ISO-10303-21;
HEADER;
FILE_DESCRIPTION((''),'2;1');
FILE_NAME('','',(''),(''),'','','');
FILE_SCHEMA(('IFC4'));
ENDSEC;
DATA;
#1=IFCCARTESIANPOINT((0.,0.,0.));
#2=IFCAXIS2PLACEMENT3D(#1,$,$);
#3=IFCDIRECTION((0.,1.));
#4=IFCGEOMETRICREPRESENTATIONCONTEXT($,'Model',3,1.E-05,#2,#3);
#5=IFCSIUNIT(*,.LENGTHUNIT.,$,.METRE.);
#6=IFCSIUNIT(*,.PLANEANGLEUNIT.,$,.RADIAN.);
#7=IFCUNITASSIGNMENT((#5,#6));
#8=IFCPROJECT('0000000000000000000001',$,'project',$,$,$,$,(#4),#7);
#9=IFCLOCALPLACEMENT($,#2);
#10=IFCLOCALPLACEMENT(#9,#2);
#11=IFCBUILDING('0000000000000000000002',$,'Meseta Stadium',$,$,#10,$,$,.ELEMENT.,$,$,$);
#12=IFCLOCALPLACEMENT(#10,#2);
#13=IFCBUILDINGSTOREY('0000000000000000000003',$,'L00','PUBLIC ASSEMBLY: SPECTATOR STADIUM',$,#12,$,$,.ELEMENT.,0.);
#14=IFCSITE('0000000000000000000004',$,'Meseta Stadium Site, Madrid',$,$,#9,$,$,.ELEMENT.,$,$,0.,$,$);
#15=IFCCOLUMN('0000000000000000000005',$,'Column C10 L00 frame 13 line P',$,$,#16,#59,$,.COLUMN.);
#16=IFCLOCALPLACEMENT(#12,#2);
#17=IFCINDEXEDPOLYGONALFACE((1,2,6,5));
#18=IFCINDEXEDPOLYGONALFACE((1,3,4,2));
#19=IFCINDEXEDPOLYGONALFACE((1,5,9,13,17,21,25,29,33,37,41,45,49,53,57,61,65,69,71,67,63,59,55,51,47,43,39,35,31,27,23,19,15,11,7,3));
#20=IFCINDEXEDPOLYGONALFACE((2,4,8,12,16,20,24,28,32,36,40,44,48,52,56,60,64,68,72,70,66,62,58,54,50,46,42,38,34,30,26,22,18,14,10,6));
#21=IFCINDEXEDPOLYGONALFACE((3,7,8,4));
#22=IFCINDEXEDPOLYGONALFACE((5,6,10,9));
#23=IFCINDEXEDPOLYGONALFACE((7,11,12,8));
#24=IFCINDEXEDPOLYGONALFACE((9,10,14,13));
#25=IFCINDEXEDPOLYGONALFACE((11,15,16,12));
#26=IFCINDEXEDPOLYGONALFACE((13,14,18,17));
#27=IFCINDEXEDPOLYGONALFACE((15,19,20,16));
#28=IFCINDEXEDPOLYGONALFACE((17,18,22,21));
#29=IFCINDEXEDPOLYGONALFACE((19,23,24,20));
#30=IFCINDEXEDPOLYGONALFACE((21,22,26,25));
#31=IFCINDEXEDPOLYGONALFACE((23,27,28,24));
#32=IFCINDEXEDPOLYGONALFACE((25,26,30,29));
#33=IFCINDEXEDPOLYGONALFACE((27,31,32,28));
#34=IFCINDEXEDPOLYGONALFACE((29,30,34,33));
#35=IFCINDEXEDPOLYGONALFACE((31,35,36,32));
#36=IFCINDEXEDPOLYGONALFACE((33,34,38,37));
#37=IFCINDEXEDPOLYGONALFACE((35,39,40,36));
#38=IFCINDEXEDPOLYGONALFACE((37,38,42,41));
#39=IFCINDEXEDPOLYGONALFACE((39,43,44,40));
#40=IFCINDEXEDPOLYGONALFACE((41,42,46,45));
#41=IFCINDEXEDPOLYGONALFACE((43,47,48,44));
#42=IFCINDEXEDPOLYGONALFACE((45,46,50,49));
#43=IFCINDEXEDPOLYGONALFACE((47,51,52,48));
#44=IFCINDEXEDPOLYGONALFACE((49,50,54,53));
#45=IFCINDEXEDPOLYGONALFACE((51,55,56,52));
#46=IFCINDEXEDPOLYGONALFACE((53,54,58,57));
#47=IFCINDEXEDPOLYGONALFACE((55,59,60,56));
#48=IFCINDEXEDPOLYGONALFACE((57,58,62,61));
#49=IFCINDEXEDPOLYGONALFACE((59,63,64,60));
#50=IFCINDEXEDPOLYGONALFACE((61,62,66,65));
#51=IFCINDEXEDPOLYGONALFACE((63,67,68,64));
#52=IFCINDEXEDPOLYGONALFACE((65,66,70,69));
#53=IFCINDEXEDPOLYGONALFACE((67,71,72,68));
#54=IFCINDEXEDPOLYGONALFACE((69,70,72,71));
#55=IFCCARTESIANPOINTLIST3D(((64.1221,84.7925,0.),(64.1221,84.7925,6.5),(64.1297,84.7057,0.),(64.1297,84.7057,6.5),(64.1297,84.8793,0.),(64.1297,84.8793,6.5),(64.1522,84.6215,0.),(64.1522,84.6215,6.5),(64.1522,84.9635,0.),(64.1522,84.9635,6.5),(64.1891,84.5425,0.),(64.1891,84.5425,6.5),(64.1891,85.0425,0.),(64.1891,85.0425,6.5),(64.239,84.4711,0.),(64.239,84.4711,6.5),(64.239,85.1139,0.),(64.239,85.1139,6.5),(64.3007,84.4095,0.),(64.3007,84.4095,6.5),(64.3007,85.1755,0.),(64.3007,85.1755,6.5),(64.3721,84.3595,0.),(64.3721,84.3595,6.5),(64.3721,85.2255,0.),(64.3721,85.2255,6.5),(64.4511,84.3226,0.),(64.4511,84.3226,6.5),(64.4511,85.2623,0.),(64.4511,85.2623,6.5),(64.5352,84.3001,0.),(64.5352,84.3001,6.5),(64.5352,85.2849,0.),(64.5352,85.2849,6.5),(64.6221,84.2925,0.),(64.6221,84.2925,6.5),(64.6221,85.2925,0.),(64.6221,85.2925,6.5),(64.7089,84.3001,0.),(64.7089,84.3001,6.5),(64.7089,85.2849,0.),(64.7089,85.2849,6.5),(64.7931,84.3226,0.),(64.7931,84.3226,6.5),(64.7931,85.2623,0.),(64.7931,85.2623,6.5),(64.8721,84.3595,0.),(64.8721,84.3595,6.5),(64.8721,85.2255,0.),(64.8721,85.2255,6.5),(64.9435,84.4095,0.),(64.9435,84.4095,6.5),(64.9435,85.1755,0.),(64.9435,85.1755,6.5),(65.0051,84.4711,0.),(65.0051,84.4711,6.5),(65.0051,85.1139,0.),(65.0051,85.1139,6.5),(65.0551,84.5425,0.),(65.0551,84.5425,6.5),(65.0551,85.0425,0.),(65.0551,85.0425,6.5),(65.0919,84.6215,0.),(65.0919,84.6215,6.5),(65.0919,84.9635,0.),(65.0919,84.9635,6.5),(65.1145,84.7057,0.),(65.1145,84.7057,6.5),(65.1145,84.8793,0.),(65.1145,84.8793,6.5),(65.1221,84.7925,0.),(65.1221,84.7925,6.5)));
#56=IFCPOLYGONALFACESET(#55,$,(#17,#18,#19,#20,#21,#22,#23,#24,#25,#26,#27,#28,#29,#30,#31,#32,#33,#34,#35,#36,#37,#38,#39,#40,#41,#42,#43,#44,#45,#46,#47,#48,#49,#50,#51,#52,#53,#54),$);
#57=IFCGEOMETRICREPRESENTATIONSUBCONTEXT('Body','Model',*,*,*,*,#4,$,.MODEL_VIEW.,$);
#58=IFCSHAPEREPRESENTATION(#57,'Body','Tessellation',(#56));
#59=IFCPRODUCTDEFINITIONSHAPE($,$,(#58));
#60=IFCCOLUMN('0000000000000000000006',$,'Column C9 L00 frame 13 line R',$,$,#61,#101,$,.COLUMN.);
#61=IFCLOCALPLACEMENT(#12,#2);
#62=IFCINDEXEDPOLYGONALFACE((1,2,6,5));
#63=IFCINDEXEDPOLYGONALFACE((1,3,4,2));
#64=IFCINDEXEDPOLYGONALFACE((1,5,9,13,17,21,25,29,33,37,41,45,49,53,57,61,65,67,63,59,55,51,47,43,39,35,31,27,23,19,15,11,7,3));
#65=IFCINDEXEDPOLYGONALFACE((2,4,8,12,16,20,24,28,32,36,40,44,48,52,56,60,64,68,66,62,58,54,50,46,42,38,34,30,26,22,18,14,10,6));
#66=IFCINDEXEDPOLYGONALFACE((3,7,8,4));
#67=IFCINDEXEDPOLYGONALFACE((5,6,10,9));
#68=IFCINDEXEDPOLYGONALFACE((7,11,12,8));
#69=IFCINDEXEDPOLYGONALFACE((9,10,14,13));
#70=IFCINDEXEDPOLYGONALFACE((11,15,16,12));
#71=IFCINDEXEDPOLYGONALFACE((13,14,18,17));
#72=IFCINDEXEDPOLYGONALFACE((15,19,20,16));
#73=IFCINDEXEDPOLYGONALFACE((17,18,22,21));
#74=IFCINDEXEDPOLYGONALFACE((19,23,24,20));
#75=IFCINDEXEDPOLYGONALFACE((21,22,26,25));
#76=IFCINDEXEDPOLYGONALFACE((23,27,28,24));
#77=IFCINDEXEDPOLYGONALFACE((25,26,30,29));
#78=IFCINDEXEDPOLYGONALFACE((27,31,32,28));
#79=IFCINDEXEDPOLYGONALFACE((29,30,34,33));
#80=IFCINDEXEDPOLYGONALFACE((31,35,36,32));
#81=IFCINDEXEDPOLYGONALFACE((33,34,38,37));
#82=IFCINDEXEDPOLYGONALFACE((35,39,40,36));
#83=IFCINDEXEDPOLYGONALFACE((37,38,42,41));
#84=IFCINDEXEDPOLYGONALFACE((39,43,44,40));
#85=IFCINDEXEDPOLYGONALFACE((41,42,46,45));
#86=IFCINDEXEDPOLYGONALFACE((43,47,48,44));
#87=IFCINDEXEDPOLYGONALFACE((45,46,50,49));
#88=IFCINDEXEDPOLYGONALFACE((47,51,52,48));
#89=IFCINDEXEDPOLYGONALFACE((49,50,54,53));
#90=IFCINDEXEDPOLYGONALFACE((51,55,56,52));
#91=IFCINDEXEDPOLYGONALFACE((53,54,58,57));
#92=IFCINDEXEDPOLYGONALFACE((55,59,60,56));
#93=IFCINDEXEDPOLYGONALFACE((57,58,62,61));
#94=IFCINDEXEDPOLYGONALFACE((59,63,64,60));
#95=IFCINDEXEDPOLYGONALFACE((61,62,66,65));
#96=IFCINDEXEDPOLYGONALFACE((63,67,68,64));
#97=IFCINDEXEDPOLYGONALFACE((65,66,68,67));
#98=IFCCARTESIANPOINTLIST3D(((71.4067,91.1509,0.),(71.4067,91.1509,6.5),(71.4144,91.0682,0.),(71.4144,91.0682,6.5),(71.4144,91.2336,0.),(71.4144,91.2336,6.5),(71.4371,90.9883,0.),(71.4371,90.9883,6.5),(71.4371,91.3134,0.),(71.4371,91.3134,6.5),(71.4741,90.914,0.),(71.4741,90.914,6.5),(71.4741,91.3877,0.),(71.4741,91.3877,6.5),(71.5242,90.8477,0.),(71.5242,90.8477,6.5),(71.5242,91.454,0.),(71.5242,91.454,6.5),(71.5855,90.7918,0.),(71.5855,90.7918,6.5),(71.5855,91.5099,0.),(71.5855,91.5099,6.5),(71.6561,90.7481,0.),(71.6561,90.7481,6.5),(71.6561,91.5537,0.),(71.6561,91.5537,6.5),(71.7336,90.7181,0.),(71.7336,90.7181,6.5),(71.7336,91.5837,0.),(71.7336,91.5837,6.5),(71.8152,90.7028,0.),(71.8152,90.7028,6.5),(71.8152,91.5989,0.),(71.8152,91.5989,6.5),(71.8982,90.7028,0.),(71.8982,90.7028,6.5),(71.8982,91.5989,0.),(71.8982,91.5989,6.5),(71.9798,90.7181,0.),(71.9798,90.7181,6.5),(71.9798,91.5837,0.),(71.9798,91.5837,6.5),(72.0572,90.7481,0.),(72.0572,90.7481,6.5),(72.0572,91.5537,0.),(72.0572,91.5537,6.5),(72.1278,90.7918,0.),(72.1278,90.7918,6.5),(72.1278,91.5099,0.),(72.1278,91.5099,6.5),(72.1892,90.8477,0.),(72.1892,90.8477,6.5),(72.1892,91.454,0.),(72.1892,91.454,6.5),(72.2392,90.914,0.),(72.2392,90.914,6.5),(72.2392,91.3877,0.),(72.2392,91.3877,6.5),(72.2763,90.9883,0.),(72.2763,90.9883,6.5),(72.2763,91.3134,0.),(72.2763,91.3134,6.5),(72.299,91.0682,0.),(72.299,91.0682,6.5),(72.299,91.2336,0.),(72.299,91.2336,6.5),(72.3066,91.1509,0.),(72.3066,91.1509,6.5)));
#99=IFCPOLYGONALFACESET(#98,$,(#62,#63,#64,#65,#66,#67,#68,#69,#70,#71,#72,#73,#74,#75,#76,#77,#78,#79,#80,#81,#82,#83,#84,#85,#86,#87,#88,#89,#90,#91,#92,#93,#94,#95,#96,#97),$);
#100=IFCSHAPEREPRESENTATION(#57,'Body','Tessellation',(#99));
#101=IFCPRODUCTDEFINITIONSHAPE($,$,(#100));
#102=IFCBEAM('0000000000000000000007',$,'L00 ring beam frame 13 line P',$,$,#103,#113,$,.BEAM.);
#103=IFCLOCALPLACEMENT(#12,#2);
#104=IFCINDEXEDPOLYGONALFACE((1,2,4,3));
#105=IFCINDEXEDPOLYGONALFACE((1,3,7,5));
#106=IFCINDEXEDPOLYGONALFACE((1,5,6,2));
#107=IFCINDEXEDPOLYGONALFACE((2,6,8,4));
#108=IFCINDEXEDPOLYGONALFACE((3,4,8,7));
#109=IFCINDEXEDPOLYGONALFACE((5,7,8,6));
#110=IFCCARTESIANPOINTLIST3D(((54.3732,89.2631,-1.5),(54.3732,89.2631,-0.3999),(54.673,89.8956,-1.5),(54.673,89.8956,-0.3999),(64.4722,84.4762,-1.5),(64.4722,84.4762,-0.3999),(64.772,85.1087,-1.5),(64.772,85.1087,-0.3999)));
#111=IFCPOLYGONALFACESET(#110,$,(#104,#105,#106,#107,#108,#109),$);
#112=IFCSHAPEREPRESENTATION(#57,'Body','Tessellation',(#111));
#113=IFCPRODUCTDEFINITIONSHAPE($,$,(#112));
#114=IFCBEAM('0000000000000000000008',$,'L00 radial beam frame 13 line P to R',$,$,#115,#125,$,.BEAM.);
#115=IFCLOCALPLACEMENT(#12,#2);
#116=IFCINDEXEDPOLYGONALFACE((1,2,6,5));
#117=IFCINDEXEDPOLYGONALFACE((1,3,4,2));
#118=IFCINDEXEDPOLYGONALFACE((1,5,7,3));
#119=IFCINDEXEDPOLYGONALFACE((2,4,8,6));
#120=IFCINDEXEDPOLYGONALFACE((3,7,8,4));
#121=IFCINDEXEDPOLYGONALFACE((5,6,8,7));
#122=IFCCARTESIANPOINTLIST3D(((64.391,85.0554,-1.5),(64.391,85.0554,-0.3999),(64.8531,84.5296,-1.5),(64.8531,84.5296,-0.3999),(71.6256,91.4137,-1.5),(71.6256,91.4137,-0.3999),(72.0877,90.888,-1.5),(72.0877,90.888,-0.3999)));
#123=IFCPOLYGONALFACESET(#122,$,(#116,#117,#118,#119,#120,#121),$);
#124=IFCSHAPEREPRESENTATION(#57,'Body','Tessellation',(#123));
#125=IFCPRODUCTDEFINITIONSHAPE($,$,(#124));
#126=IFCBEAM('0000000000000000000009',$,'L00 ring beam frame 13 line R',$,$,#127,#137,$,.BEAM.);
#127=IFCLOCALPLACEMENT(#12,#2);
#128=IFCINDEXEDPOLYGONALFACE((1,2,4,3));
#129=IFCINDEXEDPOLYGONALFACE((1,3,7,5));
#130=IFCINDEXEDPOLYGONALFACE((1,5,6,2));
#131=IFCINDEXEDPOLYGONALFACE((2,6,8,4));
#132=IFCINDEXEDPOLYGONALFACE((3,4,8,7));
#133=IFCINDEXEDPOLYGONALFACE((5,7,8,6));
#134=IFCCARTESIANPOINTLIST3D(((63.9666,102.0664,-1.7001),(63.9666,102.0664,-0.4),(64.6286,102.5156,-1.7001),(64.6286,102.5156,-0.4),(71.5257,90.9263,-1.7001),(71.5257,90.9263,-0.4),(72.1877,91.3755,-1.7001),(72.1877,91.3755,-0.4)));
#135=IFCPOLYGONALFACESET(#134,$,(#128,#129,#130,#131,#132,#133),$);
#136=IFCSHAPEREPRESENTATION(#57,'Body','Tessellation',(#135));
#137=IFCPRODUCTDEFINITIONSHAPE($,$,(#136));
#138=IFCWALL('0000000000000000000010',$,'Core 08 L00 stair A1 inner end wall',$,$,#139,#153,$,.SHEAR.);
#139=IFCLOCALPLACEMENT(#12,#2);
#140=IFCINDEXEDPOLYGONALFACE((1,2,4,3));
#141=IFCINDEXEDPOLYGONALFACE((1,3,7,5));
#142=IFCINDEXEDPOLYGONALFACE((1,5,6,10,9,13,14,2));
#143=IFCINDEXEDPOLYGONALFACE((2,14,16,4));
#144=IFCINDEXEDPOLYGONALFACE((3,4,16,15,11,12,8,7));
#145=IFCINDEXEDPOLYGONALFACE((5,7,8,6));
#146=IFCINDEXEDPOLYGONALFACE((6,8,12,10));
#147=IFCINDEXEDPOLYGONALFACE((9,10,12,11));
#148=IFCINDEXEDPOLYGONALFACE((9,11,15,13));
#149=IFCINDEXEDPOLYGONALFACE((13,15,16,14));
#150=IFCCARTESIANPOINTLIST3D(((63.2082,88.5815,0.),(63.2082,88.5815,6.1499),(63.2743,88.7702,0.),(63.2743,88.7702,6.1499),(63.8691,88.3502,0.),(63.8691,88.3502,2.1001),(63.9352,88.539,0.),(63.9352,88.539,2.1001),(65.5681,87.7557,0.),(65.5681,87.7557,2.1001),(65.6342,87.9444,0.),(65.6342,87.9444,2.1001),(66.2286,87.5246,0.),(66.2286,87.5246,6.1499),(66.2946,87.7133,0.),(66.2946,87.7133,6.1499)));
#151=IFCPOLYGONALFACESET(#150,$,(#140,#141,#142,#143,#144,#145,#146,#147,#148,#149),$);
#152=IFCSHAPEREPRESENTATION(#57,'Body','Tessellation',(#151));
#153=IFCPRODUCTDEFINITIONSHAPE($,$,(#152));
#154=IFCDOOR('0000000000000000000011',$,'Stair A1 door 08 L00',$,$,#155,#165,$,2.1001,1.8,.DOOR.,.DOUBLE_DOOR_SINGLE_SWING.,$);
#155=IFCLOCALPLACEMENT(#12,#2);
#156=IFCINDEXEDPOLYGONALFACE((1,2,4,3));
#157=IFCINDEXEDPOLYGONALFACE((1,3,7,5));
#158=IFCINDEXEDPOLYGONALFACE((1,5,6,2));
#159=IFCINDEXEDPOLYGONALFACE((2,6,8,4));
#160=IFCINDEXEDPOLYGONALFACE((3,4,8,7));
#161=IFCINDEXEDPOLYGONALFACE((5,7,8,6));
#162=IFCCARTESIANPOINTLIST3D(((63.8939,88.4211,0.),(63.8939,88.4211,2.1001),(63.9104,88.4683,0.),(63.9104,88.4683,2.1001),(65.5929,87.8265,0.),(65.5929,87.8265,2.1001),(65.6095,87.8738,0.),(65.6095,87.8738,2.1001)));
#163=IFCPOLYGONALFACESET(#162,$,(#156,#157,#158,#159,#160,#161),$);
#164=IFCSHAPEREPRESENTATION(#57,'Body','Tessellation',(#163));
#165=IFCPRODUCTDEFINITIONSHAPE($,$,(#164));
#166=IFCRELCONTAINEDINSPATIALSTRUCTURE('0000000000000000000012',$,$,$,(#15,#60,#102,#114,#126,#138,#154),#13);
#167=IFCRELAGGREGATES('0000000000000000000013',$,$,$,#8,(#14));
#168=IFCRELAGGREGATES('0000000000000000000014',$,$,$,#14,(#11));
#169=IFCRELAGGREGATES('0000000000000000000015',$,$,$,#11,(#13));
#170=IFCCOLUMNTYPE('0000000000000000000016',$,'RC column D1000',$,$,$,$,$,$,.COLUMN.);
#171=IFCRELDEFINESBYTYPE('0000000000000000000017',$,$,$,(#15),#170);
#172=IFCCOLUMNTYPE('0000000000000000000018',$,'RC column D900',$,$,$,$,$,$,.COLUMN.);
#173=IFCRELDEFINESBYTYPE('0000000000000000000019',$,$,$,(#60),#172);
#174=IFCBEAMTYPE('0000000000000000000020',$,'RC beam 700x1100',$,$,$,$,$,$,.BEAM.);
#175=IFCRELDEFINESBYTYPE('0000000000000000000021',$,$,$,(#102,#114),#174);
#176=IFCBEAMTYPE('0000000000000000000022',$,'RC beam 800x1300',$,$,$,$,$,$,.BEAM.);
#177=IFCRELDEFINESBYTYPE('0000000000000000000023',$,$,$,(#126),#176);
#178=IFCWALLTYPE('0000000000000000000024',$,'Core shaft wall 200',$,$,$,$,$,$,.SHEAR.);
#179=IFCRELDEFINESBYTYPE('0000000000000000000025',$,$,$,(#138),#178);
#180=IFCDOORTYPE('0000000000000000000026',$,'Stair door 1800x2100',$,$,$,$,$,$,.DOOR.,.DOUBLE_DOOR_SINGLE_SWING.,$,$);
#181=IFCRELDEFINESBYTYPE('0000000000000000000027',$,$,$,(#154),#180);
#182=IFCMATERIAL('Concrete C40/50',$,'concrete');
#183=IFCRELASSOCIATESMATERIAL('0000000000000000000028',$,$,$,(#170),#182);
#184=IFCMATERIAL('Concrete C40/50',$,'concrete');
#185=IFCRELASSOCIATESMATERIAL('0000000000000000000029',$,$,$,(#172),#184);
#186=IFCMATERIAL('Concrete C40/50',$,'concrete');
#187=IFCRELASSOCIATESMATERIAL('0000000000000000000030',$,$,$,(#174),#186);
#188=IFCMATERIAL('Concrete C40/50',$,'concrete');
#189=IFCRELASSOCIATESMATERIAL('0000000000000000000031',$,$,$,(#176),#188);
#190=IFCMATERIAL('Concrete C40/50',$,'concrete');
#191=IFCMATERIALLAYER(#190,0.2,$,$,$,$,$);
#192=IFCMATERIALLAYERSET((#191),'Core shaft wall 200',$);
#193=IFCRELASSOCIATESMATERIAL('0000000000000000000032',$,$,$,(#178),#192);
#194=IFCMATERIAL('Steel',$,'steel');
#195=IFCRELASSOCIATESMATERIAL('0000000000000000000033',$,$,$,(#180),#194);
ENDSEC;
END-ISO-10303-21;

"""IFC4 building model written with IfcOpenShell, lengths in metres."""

from ifc_helpers import new_model, si_unit, direction, frame, frame_2d, origin, origin_2d, place, context, subcontext, project, spatial, rectangle, circle, extrude, material, layer, layer_set, material_profile, profile_set, type_object, element, fill, save


model = new_model("IFC4")

# Units and contexts
model_context = context("Model", 3, precision=1e-05, world=origin(), true_north=direction((0.0, 1.0)))
body_context = subcontext(model_context, "Body", "Model", "MODEL_VIEW")
ifc_project = project(units=[si_unit("LENGTHUNIT", "METRE"), si_unit("PLANEANGLEUNIT", "RADIAN")], contexts=[model_context])

# Site, building, storey
site_placement = place(None, origin())
site = spatial("IfcSite", under=ifc_project, at=site_placement, Name="Meseta Stadium Site, Madrid", CompositionType="ELEMENT", RefElevation=0.0)
building_placement = place(site_placement, origin())
building = spatial("IfcBuilding", under=site, at=building_placement, Name="Meseta Stadium", CompositionType="ELEMENT")
storey_placement = place(building_placement, origin())
storey = spatial("IfcBuildingStorey", under=building, at=storey_placement, Name="L00", Description="PUBLIC ASSEMBLY: SPECTATOR STADIUM", CompositionType="ELEMENT", Elevation=0.0)

# Columns
ifc_material_1 = material(Name="Concrete C40/50", Category="concrete")
ifc_material_profile_1 = material_profile(ifc_material_1, circle(Radius=0.5, at=origin_2d()), Name="RC D1000")
ifc_profile_set_1 = profile_set([ifc_material_profile_1], Name="Concrete C40/50")
column_type_1 = type_object("IfcColumnType", Name="RC column D1000", PredefinedType="COLUMN", material=ifc_profile_set_1)
column_1_placement = place(storey_placement, frame((64.6221, 84.7925, 0.0), z_axis=(0.0, 0.0, 1.0), x_axis=(1.0, 0.0, 0.0)))
element("IfcColumn", 1, at=column_1_placement, inside=storey, type_object=column_type_1, Name="Column C10 L00 frame 13 line P", PredefinedType="COLUMN", context=body_context, shape_type="SweptSolid", body=[
    extrude(circle(Radius=0.5, at=origin_2d()), origin(), (0.0, 0.0, 1.0), 6.5),
])
ifc_material_2 = material(Name="Concrete C40/50", Category="concrete")
ifc_material_profile_2 = material_profile(ifc_material_2, circle(Radius=0.45, at=origin_2d()), Name="RC D900")
ifc_profile_set_2 = profile_set([ifc_material_profile_2], Name="Concrete C40/50")
column_type_2 = type_object("IfcColumnType", Name="RC column D900", PredefinedType="COLUMN", material=ifc_profile_set_2)
column_2_placement = place(storey_placement, frame((71.8567, 91.1509, 0.0), z_axis=(0.0, 0.0, 1.0), x_axis=(1.0, 0.0, 0.0)))
element("IfcColumn", 2, at=column_2_placement, inside=storey, type_object=column_type_2, Name="Column C9 L00 frame 13 line R", PredefinedType="COLUMN", context=body_context, shape_type="SweptSolid", body=[
    extrude(circle(Radius=0.45, at=origin_2d()), origin(), (0.0, 0.0, 1.0), 6.5),
])

# Beams
ifc_material_3 = material(Name="Concrete C40/50", Category="concrete")
ifc_material_profile_3 = material_profile(ifc_material_3, rectangle(XDim=0.7, YDim=1.1001, at=origin_2d()), Name="RC 700x1100")
ifc_profile_set_3 = profile_set([ifc_material_profile_3], Name="Concrete C40/50")
beam_type_1 = type_object("IfcBeamType", Name="RC beam 700x1100", PredefinedType="BEAM", material=ifc_profile_set_3)
beam_1_placement = place(storey_placement, frame((64.6221, 84.7925, -0.95), z_axis=(-0.903627, 0.428319, 0.0), x_axis=(-0.428319, -0.903627, 0.0)))
element("IfcBeam", 3, at=beam_1_placement, inside=storey, type_object=beam_type_1, Name="L00 ring beam frame 13 line P", PredefinedType="BEAM", context=body_context, shape_type="SweptSolid", body=[
    extrude(rectangle(XDim=0.7, YDim=1.1001, at=origin_2d()), origin(), (0.0, 0.0, 1.0), 11.176),
])
beam_2_placement = place(storey_placement, frame((64.6221, 84.7925, -0.95), z_axis=(0.751129, 0.660156, 0.0), x_axis=(-0.660156, 0.751129, 0.0)))
element("IfcBeam", 4, at=beam_2_placement, inside=storey, type_object=beam_type_1, Name="L00 radial beam frame 13 line P to R", PredefinedType="BEAM", context=body_context, shape_type="SweptSolid", body=[
    extrude(rectangle(XDim=0.7, YDim=1.1001, at=origin_2d()), origin(), (0.0, 0.0, 1.0), 9.6316),
])
ifc_material_4 = material(Name="Concrete C40/50", Category="concrete")
ifc_material_profile_4 = material_profile(ifc_material_4, rectangle(XDim=0.8, YDim=1.3, at=origin_2d()), Name="RC 800x1300")
ifc_profile_set_4 = profile_set([ifc_material_profile_4], Name="Concrete C40/50")
beam_type_2 = type_object("IfcBeamType", Name="RC beam 800x1300", PredefinedType="BEAM", material=ifc_profile_set_4)
beam_3_placement = place(storey_placement, frame((71.8567, 91.1509, -1.05), z_axis=(-0.561486, 0.827486, 0.0), x_axis=(-0.827486, -0.561486, 0.0)))
element("IfcBeam", 5, at=beam_3_placement, inside=storey, type_object=beam_type_2, Name="L00 ring beam frame 13 line R", PredefinedType="BEAM", context=body_context, shape_type="SweptSolid", body=[
    extrude(rectangle(XDim=0.8, YDim=1.3, at=origin_2d()), origin(), (0.0, 0.0, 1.0), 13.4626),
])

# Wall, opening, door
ifc_material_5 = material(Name="Concrete C40/50", Category="concrete")
ifc_layer_1 = layer(ifc_material_5, 0.2)
ifc_layer_set_1 = layer_set([ifc_layer_1], Name="Core shaft wall 200")
wall_type_1 = type_object("IfcWallType", Name="Core shaft wall 200", PredefinedType="SHEAR", material=ifc_layer_set_1)
wall_1_placement = place(storey_placement, frame((66.2617, 87.6189, 0.0), z_axis=(0.0, 0.0, 1.0), x_axis=(-0.943879, 0.330293, 0.0)))
wall_1 = element("IfcWall", 6, at=wall_1_placement, inside=storey, type_object=wall_type_1, Name="Core 08 L00 stair A1 inner end wall", PredefinedType="SHEAR", context=body_context, shape_type="SweptSolid", body=[
    extrude(rectangle(XDim=3.2, YDim=0.2, at=frame_2d((1.6001, 0.0))), origin(), (0.0, 0.0, 1.0), 6.1499),
])
opening_1_placement = place(wall_1_placement, frame((0.7, 0.0, 0.0)))
opening_1 = element("IfcOpeningElement", 7, at=opening_1_placement, cuts=wall_1, PredefinedType="OPENING", context=body_context, shape_type="SweptSolid", body=[
    extrude(rectangle(XDim=1.8, YDim=2.1001, at=frame_2d((0.8999, 1.05))), frame((0.0, 0.1099, 0.0), z_axis=(0.0, -1.0, 0.0), x_axis=(1.0, 0.0, 0.0)), (0.0, 0.0, 1.0), 0.22),
])
ifc_material_6 = material(Name="Steel", Category="steel")
door_type = type_object("IfcDoorType", Name="Stair door 1800x2100", OperationType="DOUBLE_DOOR_SINGLE_SWING", PredefinedType="DOOR", material=ifc_material_6)
door_1_placement = place(opening_1_placement, origin())
door_1 = element("IfcDoor", 8, at=door_1_placement, inside=storey, type_object=door_type, Name="Stair A1 door 08 L00", OperationType="DOUBLE_DOOR_SINGLE_SWING", OverallHeight=2.1001, OverallWidth=1.8, PredefinedType="DOOR", context=body_context, shape_type="SweptSolid", body=[
    extrude(rectangle(XDim=1.8, YDim=2.1001, at=frame_2d((0.8999, 1.05))), frame((0.0, 0.0249, 0.0), z_axis=(0.0, -1.0, 0.0), x_axis=(1.0, 0.0, 0.0)), (0.0, 0.0, 1.0), 0.05),
])
fill(opening_1, door_1)

save(model, "model.ifc")
